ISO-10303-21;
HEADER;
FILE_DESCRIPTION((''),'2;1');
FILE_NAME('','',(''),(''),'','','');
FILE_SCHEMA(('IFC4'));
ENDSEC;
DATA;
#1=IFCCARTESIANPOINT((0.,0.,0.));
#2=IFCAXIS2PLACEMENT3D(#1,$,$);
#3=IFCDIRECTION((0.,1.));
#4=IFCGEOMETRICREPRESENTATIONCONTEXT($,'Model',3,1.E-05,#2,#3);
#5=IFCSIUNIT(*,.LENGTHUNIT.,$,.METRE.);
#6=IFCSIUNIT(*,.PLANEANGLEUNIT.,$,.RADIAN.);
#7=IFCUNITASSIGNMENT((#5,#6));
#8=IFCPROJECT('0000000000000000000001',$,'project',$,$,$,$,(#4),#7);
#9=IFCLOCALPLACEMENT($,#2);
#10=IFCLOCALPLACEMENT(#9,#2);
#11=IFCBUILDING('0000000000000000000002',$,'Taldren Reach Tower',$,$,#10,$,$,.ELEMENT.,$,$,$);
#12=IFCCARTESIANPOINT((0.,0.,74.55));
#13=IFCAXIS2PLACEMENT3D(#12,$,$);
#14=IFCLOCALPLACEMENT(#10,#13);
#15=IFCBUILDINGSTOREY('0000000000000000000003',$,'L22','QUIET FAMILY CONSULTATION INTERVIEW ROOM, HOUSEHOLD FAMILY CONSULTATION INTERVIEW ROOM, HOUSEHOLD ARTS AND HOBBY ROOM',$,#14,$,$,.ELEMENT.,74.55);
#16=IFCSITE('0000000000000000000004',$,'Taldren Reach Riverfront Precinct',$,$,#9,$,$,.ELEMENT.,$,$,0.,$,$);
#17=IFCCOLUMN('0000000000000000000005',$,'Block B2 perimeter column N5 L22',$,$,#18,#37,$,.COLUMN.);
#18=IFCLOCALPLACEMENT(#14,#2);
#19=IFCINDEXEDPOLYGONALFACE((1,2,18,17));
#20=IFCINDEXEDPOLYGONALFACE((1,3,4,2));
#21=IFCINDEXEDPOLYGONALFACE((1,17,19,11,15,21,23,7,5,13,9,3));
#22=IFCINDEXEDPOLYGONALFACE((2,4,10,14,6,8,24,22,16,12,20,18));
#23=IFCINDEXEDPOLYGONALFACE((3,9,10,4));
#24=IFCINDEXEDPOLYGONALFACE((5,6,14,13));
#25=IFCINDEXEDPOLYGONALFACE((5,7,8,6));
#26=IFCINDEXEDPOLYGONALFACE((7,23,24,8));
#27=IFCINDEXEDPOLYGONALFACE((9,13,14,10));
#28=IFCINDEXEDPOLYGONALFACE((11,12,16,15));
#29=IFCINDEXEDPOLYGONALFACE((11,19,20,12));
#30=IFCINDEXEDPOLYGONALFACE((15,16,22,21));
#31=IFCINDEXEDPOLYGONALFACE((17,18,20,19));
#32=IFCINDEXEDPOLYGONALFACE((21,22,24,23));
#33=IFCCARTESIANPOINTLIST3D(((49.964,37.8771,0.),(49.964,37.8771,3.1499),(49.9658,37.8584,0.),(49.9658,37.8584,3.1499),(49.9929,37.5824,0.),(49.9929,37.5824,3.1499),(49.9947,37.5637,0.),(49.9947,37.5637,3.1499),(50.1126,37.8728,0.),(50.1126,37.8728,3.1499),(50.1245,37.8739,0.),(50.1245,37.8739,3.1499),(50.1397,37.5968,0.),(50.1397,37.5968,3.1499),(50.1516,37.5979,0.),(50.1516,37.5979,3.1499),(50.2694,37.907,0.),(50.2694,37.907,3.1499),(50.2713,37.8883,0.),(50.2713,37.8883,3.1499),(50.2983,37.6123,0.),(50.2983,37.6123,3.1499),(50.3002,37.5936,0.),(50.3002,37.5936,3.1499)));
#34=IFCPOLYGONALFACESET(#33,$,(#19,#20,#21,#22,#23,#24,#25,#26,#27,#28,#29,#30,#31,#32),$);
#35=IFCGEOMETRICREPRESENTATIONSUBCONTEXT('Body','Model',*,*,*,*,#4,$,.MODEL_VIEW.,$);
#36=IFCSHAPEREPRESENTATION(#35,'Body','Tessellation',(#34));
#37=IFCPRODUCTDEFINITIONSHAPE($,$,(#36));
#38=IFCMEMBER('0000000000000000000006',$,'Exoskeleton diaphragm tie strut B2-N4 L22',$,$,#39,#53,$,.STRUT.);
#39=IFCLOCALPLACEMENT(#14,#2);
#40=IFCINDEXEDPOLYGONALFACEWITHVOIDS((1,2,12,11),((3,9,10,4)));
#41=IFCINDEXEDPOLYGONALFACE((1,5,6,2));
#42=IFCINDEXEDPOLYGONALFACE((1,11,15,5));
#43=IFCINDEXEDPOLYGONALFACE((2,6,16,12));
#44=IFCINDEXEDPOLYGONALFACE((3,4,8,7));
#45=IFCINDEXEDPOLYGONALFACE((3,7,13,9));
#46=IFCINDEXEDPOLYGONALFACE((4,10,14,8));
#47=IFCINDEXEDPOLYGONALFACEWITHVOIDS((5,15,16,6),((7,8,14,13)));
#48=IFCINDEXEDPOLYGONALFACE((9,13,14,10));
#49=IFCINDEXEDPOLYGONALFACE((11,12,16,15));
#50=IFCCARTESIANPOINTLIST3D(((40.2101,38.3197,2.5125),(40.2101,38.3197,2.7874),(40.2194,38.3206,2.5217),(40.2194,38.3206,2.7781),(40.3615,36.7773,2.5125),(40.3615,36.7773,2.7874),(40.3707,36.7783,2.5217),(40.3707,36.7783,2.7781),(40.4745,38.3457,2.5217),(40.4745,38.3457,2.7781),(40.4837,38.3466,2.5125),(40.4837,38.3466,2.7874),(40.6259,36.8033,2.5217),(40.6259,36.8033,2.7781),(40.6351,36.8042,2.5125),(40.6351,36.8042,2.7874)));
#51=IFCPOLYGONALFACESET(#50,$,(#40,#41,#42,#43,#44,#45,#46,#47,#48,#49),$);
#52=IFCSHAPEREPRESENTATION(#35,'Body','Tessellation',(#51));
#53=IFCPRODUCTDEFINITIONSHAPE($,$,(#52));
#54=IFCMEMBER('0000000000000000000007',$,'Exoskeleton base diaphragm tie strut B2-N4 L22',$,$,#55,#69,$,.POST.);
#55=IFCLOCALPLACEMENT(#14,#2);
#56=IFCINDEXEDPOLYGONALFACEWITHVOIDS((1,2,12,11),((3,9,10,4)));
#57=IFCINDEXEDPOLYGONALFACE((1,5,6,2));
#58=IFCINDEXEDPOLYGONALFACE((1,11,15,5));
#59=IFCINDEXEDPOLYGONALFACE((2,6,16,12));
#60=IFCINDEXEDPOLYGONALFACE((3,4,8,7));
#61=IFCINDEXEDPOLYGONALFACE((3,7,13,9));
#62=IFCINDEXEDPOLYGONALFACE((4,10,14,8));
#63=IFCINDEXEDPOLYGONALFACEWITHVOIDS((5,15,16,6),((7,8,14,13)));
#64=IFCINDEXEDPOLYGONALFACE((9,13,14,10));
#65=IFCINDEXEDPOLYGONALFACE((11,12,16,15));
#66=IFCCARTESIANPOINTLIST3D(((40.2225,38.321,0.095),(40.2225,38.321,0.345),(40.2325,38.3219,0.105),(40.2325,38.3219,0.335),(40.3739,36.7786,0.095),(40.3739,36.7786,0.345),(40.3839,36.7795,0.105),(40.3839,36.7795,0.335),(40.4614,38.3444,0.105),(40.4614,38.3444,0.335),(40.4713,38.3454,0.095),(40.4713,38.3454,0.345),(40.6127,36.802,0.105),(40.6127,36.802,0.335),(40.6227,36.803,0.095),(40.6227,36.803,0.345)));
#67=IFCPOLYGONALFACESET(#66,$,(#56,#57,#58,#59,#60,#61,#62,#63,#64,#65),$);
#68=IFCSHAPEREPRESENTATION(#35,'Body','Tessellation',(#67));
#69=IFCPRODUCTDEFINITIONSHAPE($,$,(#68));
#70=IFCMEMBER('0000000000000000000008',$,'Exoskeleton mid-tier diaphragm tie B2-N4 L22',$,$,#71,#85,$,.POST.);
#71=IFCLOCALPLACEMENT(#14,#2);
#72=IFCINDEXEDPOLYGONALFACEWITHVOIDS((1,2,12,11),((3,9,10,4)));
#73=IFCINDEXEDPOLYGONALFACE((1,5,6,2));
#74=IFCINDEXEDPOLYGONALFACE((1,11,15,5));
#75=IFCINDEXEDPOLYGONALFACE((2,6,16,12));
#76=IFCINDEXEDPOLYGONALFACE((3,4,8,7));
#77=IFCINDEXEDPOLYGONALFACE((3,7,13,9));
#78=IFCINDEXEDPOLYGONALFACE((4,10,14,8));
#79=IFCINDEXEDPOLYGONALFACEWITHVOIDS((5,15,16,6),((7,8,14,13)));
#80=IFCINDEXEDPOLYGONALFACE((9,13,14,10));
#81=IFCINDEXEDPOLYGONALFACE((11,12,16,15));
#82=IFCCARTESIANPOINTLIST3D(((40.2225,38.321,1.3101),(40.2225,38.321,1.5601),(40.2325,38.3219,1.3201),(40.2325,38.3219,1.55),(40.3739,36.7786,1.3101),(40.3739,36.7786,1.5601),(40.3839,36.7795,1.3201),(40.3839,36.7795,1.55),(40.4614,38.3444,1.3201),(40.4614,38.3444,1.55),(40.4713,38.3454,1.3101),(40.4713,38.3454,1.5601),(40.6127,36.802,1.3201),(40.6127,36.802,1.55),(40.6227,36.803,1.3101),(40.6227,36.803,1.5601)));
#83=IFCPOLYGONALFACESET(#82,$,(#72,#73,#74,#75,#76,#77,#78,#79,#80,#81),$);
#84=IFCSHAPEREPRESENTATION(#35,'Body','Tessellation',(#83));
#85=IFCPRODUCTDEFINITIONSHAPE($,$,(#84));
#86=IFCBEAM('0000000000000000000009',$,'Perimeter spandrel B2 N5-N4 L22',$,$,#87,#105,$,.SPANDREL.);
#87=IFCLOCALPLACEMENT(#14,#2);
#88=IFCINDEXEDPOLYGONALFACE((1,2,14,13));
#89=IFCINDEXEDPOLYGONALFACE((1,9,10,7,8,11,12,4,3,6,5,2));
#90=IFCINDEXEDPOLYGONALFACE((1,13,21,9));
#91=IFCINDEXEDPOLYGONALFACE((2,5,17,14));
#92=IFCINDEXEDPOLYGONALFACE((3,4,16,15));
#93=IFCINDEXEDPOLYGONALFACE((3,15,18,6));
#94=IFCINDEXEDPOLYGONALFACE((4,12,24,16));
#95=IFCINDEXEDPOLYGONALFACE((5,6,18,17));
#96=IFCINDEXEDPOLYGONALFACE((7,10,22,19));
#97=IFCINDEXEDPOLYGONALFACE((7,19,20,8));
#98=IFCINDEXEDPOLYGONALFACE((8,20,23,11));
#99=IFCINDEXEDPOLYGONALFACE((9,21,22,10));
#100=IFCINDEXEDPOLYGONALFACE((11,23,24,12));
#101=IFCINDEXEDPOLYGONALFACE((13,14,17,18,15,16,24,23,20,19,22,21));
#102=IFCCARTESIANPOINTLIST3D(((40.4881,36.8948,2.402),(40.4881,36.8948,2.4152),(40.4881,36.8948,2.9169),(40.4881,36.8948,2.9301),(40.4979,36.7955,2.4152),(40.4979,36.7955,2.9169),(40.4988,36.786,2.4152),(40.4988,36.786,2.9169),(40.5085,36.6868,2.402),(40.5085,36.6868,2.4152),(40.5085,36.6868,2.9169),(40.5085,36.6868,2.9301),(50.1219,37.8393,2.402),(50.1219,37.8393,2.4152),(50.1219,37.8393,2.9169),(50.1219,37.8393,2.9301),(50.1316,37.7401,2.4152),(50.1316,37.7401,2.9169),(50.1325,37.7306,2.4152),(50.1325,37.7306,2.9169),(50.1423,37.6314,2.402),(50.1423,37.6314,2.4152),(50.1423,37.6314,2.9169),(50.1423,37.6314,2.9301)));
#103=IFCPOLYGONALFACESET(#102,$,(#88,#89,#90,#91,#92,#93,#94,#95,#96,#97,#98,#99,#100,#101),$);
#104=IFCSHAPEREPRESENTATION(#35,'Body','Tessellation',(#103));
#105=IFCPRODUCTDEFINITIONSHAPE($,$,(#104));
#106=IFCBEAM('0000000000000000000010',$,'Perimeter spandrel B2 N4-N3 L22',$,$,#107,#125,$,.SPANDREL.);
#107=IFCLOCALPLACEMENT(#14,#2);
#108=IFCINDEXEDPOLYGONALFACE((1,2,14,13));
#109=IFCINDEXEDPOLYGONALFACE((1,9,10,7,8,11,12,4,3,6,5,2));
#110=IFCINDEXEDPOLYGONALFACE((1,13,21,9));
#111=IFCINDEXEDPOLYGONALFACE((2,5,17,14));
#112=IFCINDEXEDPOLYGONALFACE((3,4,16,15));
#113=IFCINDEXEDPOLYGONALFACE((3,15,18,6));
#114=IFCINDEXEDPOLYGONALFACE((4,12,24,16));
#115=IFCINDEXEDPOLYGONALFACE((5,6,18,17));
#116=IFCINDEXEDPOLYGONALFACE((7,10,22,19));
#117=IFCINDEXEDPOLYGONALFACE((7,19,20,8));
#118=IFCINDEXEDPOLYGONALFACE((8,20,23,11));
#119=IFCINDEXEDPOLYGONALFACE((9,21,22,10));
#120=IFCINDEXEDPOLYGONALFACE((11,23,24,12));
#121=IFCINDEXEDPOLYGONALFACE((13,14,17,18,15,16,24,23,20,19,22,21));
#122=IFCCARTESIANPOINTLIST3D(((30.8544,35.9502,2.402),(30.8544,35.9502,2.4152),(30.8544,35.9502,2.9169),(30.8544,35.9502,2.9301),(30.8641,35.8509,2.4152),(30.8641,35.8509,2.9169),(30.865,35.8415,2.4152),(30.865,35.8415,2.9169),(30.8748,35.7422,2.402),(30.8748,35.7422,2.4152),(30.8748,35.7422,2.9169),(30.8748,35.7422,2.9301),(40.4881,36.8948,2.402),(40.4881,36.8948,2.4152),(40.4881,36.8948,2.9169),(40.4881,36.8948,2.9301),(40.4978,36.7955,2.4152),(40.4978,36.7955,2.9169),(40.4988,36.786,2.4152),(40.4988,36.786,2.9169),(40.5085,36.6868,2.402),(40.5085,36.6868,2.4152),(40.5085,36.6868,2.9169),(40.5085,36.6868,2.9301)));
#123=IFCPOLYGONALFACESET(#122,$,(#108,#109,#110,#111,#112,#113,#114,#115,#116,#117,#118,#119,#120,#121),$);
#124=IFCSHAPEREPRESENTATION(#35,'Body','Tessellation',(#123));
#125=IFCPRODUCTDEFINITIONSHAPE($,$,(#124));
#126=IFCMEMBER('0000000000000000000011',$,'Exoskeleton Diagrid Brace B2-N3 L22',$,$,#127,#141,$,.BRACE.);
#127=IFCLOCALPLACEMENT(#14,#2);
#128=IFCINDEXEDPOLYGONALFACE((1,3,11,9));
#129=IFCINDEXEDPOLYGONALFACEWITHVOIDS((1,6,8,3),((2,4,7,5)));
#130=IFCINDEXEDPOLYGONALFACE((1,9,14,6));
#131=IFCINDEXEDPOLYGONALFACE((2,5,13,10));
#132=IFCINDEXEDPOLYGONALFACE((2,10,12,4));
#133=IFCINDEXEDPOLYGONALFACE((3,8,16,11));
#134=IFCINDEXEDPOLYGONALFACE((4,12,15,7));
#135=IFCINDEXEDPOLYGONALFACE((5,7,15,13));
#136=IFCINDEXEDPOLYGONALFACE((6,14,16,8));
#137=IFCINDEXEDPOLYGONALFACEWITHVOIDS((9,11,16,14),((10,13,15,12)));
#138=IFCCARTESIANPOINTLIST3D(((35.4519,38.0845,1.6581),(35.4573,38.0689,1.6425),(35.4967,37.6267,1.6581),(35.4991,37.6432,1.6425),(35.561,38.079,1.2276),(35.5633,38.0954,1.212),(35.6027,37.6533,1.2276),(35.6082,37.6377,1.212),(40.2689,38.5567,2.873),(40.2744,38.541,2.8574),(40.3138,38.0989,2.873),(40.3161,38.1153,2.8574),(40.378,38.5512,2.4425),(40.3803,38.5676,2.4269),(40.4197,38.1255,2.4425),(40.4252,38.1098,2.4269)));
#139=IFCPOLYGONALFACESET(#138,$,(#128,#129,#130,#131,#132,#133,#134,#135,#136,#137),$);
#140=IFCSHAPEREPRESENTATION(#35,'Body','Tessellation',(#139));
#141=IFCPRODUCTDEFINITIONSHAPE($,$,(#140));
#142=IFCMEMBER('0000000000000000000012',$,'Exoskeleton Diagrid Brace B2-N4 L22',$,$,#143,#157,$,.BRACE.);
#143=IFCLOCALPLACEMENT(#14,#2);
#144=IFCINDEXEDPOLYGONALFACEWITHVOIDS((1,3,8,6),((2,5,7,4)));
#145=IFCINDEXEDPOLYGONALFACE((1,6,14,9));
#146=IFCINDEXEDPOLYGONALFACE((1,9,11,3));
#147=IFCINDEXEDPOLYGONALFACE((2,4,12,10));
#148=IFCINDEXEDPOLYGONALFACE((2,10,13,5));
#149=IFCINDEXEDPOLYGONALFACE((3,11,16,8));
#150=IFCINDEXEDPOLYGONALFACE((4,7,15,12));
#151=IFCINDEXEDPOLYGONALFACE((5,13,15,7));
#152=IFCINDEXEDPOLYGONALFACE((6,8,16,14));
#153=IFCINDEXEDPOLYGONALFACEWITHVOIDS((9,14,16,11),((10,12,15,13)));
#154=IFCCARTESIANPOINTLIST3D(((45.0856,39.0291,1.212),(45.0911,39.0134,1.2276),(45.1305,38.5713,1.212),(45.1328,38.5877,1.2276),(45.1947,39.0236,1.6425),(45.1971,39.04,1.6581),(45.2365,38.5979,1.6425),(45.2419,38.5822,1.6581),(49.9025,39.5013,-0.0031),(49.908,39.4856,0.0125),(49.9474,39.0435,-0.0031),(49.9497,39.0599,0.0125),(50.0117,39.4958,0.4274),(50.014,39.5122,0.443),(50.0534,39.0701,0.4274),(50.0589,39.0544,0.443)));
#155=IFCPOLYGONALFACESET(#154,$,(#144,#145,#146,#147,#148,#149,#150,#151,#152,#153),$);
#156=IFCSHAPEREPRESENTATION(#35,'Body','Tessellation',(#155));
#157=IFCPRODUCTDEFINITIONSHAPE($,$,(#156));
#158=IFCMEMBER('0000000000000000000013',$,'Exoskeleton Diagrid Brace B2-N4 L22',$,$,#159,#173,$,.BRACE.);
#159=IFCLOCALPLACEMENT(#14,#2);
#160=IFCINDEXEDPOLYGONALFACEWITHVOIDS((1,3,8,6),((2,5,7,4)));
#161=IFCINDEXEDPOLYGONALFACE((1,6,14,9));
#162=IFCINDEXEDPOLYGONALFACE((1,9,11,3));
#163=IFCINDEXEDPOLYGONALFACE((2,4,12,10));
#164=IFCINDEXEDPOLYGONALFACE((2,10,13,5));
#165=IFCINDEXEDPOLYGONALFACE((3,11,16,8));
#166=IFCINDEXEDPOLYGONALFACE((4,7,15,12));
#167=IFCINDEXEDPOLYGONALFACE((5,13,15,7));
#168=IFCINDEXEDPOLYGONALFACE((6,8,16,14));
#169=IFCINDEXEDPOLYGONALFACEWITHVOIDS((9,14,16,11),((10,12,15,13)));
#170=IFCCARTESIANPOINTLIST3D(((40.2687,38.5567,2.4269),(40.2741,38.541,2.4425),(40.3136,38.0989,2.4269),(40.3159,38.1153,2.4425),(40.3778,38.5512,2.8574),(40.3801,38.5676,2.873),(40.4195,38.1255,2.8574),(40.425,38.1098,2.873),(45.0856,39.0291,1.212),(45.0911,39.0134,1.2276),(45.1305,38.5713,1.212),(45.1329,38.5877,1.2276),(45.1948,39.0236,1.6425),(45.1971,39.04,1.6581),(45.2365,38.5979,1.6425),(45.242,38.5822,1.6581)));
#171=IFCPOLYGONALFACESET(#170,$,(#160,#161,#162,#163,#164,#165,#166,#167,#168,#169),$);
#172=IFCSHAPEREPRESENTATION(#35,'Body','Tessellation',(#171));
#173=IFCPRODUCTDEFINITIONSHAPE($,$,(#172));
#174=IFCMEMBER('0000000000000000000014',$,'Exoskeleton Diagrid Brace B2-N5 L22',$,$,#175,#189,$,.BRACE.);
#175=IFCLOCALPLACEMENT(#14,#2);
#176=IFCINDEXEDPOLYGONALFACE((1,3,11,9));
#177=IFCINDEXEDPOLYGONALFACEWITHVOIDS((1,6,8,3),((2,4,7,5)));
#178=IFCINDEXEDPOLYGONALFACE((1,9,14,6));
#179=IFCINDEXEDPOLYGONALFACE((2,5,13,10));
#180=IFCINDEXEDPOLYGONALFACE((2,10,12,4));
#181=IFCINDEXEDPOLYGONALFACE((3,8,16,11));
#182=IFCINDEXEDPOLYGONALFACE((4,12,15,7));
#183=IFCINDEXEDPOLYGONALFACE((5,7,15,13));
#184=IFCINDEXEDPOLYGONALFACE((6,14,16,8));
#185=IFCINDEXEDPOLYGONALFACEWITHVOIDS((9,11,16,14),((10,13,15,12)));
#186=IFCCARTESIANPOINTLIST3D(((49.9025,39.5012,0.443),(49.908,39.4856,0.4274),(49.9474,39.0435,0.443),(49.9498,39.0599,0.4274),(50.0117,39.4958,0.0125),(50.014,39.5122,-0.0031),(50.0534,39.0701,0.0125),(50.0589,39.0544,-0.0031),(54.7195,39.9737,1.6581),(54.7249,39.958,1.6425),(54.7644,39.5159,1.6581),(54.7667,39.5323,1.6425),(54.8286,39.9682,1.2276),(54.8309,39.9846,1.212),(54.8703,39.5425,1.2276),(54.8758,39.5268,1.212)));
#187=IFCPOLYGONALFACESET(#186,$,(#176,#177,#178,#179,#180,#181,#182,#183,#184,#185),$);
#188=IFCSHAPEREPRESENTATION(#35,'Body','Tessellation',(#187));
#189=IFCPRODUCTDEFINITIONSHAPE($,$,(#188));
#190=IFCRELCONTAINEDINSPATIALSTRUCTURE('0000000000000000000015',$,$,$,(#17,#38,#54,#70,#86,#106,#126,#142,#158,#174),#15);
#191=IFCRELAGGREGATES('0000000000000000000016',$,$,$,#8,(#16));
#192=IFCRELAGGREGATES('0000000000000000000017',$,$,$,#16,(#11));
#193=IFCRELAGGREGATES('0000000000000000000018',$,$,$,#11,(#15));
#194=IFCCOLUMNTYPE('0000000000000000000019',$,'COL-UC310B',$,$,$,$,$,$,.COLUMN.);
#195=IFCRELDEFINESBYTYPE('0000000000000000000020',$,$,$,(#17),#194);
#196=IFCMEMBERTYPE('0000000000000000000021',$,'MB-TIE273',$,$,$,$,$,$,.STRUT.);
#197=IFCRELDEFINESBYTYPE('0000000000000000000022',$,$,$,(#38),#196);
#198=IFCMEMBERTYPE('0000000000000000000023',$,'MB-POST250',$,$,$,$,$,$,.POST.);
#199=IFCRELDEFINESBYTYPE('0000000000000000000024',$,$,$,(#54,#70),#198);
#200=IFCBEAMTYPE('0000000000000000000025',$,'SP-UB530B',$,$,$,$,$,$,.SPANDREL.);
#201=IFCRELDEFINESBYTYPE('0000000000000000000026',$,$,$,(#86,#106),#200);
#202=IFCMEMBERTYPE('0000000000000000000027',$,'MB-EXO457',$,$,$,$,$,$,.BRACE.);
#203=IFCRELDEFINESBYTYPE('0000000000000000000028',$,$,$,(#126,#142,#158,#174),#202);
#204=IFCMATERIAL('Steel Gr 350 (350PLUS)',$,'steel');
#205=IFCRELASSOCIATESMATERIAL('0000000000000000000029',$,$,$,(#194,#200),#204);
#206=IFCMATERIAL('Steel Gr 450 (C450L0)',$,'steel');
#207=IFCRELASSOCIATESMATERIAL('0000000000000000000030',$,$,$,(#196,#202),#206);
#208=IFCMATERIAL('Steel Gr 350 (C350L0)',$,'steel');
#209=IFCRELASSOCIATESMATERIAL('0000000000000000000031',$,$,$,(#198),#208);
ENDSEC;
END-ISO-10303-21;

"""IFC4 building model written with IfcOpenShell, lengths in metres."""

from ifc_helpers import new_model, si_unit, direction, frame, origin, origin_2d, place, context, subcontext, project, spatial, hollow_rectangle, i_section, extrude, source, transform, mapped, material, material_profile, profile_set, type_object, element, save


model = new_model("IFC4")

# Units and contexts
model_context = context("Model", 3, precision=1e-05, world=origin(), true_north=direction((0.0, 1.0)))
body_context = subcontext(model_context, "Body", "Model", "MODEL_VIEW")
ifc_project = project(units=[si_unit("LENGTHUNIT", "METRE"), si_unit("PLANEANGLEUNIT", "RADIAN")], contexts=[model_context])

# Site, building, storey
site_placement = place(None, origin())
site = spatial("IfcSite", under=ifc_project, at=site_placement, Name="Taldren Reach Riverfront Precinct", CompositionType="ELEMENT", RefElevation=0.0)
building_placement = place(site_placement, origin())
building = spatial("IfcBuilding", under=site, at=building_placement, Name="Taldren Reach Tower", CompositionType="ELEMENT")
storey_placement = place(building_placement, frame((0.0, 0.0, 74.55)))
storey = spatial("IfcBuildingStorey", under=building, at=storey_placement, Name="L22", Description="QUIET FAMILY CONSULTATION INTERVIEW ROOM, HOUSEHOLD FAMILY CONSULTATION INTERVIEW ROOM, HOUSEHOLD ARTS AND HOBBY ROOM", CompositionType="ELEMENT", Elevation=74.55)

# Column
ifc_material_1 = material(Name="Steel Gr 350 (350PLUS)", Category="steel")
ifc_material_profile_1 = material_profile(ifc_material_1, i_section(OverallWidth=0.3069, OverallDepth=0.3149, WebThickness=0.012, FlangeThickness=0.0188, at=origin_2d()), Name="310UC118")
ifc_profile_set_1 = profile_set([ifc_material_profile_1], Name="Steel Gr 350 (350PLUS)")
column_type = type_object("IfcColumnType", Name="COL-UC310B", PredefinedType="COLUMN", material=ifc_profile_set_1)
shared_shape_1 = source(origin(), body_context, "Body", "SweptSolid", [
    extrude(i_section(OverallWidth=0.3069, OverallDepth=0.3149, WebThickness=0.012, FlangeThickness=0.0188, at=origin_2d()), origin(), (0.0, 0.0, 1.0), 3.1499),
])
column_placement = place(storey_placement, frame((50.1321, 37.7354, 0.0), z_axis=(0.0, 0.0, 1.0), x_axis=(0.995227, 0.097583, 0.0)))
element("IfcColumn", 1, at=column_placement, inside=storey, type_object=column_type, Name="Block B2 perimeter column N5 L22", PredefinedType="COLUMN", context=body_context, shape_type="MappedRepresentation", body=[
    mapped(shared_shape_1, transform((0.0, 0.0, 0.0), scale=1.0)),
])

# Members
ifc_material_2 = material(Name="Steel Gr 450 (C450L0)", Category="steel")
ifc_material_profile_2 = material_profile(ifc_material_2, hollow_rectangle(XDim=0.2749, YDim=0.2749, WallThickness=0.0093, at=origin_2d()), Name="275x275x9.3SHS")
ifc_profile_set_2 = profile_set([ifc_material_profile_2], Name="Steel Gr 450 (C450L0)")
member_type_1 = type_object("IfcMemberType", Name="MB-TIE273", PredefinedType="STRUT", material=ifc_profile_set_2)
shared_shape_2 = source(origin(), body_context, "Body", "SweptSolid", [
    extrude(hollow_rectangle(XDim=0.2749, YDim=0.2749, WallThickness=0.0093, at=origin_2d()), origin(), (0.0, 0.0, 1.0), 1.5498),
])
member_1_placement = place(storey_placement, frame((40.4983, 36.7908, 2.6499), z_axis=(-0.097663, 0.99522, 0.0), x_axis=(-0.99522, -0.097663, 0.0)))
element("IfcMember", 2, at=member_1_placement, inside=storey, type_object=member_type_1, Name="Exoskeleton diaphragm tie strut B2-N4 L22", PredefinedType="STRUT", context=body_context, shape_type="MappedRepresentation", body=[
    mapped(shared_shape_2, transform((0.0, 0.0, 0.0), scale=1.0)),
])
ifc_material_3 = material(Name="Steel Gr 350 (C350L0)", Category="steel")
ifc_material_profile_3 = material_profile(ifc_material_3, hollow_rectangle(XDim=0.25, YDim=0.25, WallThickness=0.01, at=origin_2d()), Name="250x250x10.0SHS")
ifc_profile_set_3 = profile_set([ifc_material_profile_3], Name="Steel Gr 350 (C350L0)")
member_type_2 = type_object("IfcMemberType", Name="MB-POST250", PredefinedType="POST", material=ifc_profile_set_3)
shared_shape_3 = source(origin(), body_context, "Body", "SweptSolid", [
    extrude(hollow_rectangle(XDim=0.25, YDim=0.25, WallThickness=0.01, at=origin_2d()), origin(), (0.0, 0.0, 1.0), 1.5498),
])
for number, where, z_axis, x_axis, name in (
    (3, (40.4983, 36.7908, 0.22), (-0.097663, 0.99522, 0.0), (-0.99522, -0.097663, 0.0), "Exoskeleton base diaphragm tie strut B2-N4 L22"),
    (4, (40.4983, 36.7908, 1.4351), (-0.097663, 0.99522, 0.0), (-0.99522, -0.097663, 0.0), "Exoskeleton mid-tier diaphragm tie B2-N4 L22"),
):
    element("IfcMember", number, at=place(storey_placement, frame(where, z_axis=z_axis, x_axis=x_axis)), inside=storey, type_object=member_type_2, Name=name, PredefinedType="POST", context=body_context, shape_type="MappedRepresentation", body=[
        mapped(shared_shape_3, transform((0.0, 0.0, 0.0), scale=1.0)),
    ])

# Beams
ifc_material_profile_4 = material_profile(ifc_material_1, i_section(OverallWidth=0.209, OverallDepth=0.5281, WebThickness=0.0095, FlangeThickness=0.0132, at=origin_2d()), Name="530UB82.0")
ifc_profile_set_4 = profile_set([ifc_material_profile_4], Name="Steel Gr 350 (350PLUS)")
beam_type = type_object("IfcBeamType", Name="SP-UB530B", PredefinedType="SPANDREL", material=ifc_profile_set_4)
shared_shape_4 = source(origin(), body_context, "Body", "SweptSolid", [
    extrude(i_section(OverallWidth=0.209, OverallDepth=0.5281, WebThickness=0.0095, FlangeThickness=0.0132, at=origin_2d()), origin(), (0.0, 0.0, 1.0), 9.6799),
])
for number, where, z_axis, x_axis, name in (
    (5, (50.1321, 37.7354, 2.666), (-0.995228, -0.097581, 0.0), (0.097581, -0.995228, 0.0), "Perimeter spandrel B2 N5-N4 L22"),
    (6, (40.4983, 36.7908, 2.666), (-0.995228, -0.097581, 0.0), (0.097581, -0.995228, 0.0), "Perimeter spandrel B2 N4-N3 L22"),
):
    element("IfcBeam", number, at=place(storey_placement, frame(where, z_axis=z_axis, x_axis=x_axis)), inside=storey, type_object=beam_type, Name=name, PredefinedType="SPANDREL", context=body_context, shape_type="MappedRepresentation", body=[
        mapped(shared_shape_4, transform((0.0, 0.0, 0.0), scale=1.0)),
    ])

# Members
ifc_material_profile_5 = material_profile(ifc_material_2, hollow_rectangle(XDim=0.46, YDim=0.46, WallThickness=0.0161, at=origin_2d()), Name="460x460x16.0SHS")
ifc_profile_set_5 = profile_set([ifc_material_profile_5], Name="Steel Gr 450 (C450L0)")
member_type_3 = type_object("IfcMemberType", Name="MB-EXO457", PredefinedType="BRACE", material=ifc_profile_set_5)
shared_shape_5 = source(origin(), body_context, "Body", "SweptSolid", [
    extrude(hollow_rectangle(XDim=0.46, YDim=0.46, WallThickness=0.0161, at=origin_2d()), origin(), (0.0, 0.0, 1.0), 4.9902),
])
for number, where, z_axis, x_axis, name in (
    (7, (35.53, 37.8611, 1.4351), (0.965287, 0.094621, 0.24345), (-0.097556, 0.99523, 0.0), "Exoskeleton Diagrid Brace B2-N3 L22"),
    (8, (49.9807, 39.2778, 0.22), (-0.965276, -0.09462, 0.243496), (0.097556, -0.99523, 0.0), "Exoskeleton Diagrid Brace B2-N4 L22"),
    (9, (45.1638, 38.8057, 1.4351), (-0.965283, -0.094669, 0.243449), (0.097606, -0.995225, 0.0), "Exoskeleton Diagrid Brace B2-N4 L22"),
    (10, (49.9807, 39.2778, 0.22), (0.965271, 0.094668, 0.243495), (-0.097606, 0.995225, 0.0), "Exoskeleton Diagrid Brace B2-N5 L22"),
):
    element("IfcMember", number, at=place(storey_placement, frame(where, z_axis=z_axis, x_axis=x_axis)), inside=storey, type_object=member_type_3, Name=name, PredefinedType="BRACE", context=body_context, shape_type="MappedRepresentation", body=[
        mapped(shared_shape_5, transform((0.0, 0.0, 0.0), scale=1.0)),
    ])

save(model, "model.ifc")
